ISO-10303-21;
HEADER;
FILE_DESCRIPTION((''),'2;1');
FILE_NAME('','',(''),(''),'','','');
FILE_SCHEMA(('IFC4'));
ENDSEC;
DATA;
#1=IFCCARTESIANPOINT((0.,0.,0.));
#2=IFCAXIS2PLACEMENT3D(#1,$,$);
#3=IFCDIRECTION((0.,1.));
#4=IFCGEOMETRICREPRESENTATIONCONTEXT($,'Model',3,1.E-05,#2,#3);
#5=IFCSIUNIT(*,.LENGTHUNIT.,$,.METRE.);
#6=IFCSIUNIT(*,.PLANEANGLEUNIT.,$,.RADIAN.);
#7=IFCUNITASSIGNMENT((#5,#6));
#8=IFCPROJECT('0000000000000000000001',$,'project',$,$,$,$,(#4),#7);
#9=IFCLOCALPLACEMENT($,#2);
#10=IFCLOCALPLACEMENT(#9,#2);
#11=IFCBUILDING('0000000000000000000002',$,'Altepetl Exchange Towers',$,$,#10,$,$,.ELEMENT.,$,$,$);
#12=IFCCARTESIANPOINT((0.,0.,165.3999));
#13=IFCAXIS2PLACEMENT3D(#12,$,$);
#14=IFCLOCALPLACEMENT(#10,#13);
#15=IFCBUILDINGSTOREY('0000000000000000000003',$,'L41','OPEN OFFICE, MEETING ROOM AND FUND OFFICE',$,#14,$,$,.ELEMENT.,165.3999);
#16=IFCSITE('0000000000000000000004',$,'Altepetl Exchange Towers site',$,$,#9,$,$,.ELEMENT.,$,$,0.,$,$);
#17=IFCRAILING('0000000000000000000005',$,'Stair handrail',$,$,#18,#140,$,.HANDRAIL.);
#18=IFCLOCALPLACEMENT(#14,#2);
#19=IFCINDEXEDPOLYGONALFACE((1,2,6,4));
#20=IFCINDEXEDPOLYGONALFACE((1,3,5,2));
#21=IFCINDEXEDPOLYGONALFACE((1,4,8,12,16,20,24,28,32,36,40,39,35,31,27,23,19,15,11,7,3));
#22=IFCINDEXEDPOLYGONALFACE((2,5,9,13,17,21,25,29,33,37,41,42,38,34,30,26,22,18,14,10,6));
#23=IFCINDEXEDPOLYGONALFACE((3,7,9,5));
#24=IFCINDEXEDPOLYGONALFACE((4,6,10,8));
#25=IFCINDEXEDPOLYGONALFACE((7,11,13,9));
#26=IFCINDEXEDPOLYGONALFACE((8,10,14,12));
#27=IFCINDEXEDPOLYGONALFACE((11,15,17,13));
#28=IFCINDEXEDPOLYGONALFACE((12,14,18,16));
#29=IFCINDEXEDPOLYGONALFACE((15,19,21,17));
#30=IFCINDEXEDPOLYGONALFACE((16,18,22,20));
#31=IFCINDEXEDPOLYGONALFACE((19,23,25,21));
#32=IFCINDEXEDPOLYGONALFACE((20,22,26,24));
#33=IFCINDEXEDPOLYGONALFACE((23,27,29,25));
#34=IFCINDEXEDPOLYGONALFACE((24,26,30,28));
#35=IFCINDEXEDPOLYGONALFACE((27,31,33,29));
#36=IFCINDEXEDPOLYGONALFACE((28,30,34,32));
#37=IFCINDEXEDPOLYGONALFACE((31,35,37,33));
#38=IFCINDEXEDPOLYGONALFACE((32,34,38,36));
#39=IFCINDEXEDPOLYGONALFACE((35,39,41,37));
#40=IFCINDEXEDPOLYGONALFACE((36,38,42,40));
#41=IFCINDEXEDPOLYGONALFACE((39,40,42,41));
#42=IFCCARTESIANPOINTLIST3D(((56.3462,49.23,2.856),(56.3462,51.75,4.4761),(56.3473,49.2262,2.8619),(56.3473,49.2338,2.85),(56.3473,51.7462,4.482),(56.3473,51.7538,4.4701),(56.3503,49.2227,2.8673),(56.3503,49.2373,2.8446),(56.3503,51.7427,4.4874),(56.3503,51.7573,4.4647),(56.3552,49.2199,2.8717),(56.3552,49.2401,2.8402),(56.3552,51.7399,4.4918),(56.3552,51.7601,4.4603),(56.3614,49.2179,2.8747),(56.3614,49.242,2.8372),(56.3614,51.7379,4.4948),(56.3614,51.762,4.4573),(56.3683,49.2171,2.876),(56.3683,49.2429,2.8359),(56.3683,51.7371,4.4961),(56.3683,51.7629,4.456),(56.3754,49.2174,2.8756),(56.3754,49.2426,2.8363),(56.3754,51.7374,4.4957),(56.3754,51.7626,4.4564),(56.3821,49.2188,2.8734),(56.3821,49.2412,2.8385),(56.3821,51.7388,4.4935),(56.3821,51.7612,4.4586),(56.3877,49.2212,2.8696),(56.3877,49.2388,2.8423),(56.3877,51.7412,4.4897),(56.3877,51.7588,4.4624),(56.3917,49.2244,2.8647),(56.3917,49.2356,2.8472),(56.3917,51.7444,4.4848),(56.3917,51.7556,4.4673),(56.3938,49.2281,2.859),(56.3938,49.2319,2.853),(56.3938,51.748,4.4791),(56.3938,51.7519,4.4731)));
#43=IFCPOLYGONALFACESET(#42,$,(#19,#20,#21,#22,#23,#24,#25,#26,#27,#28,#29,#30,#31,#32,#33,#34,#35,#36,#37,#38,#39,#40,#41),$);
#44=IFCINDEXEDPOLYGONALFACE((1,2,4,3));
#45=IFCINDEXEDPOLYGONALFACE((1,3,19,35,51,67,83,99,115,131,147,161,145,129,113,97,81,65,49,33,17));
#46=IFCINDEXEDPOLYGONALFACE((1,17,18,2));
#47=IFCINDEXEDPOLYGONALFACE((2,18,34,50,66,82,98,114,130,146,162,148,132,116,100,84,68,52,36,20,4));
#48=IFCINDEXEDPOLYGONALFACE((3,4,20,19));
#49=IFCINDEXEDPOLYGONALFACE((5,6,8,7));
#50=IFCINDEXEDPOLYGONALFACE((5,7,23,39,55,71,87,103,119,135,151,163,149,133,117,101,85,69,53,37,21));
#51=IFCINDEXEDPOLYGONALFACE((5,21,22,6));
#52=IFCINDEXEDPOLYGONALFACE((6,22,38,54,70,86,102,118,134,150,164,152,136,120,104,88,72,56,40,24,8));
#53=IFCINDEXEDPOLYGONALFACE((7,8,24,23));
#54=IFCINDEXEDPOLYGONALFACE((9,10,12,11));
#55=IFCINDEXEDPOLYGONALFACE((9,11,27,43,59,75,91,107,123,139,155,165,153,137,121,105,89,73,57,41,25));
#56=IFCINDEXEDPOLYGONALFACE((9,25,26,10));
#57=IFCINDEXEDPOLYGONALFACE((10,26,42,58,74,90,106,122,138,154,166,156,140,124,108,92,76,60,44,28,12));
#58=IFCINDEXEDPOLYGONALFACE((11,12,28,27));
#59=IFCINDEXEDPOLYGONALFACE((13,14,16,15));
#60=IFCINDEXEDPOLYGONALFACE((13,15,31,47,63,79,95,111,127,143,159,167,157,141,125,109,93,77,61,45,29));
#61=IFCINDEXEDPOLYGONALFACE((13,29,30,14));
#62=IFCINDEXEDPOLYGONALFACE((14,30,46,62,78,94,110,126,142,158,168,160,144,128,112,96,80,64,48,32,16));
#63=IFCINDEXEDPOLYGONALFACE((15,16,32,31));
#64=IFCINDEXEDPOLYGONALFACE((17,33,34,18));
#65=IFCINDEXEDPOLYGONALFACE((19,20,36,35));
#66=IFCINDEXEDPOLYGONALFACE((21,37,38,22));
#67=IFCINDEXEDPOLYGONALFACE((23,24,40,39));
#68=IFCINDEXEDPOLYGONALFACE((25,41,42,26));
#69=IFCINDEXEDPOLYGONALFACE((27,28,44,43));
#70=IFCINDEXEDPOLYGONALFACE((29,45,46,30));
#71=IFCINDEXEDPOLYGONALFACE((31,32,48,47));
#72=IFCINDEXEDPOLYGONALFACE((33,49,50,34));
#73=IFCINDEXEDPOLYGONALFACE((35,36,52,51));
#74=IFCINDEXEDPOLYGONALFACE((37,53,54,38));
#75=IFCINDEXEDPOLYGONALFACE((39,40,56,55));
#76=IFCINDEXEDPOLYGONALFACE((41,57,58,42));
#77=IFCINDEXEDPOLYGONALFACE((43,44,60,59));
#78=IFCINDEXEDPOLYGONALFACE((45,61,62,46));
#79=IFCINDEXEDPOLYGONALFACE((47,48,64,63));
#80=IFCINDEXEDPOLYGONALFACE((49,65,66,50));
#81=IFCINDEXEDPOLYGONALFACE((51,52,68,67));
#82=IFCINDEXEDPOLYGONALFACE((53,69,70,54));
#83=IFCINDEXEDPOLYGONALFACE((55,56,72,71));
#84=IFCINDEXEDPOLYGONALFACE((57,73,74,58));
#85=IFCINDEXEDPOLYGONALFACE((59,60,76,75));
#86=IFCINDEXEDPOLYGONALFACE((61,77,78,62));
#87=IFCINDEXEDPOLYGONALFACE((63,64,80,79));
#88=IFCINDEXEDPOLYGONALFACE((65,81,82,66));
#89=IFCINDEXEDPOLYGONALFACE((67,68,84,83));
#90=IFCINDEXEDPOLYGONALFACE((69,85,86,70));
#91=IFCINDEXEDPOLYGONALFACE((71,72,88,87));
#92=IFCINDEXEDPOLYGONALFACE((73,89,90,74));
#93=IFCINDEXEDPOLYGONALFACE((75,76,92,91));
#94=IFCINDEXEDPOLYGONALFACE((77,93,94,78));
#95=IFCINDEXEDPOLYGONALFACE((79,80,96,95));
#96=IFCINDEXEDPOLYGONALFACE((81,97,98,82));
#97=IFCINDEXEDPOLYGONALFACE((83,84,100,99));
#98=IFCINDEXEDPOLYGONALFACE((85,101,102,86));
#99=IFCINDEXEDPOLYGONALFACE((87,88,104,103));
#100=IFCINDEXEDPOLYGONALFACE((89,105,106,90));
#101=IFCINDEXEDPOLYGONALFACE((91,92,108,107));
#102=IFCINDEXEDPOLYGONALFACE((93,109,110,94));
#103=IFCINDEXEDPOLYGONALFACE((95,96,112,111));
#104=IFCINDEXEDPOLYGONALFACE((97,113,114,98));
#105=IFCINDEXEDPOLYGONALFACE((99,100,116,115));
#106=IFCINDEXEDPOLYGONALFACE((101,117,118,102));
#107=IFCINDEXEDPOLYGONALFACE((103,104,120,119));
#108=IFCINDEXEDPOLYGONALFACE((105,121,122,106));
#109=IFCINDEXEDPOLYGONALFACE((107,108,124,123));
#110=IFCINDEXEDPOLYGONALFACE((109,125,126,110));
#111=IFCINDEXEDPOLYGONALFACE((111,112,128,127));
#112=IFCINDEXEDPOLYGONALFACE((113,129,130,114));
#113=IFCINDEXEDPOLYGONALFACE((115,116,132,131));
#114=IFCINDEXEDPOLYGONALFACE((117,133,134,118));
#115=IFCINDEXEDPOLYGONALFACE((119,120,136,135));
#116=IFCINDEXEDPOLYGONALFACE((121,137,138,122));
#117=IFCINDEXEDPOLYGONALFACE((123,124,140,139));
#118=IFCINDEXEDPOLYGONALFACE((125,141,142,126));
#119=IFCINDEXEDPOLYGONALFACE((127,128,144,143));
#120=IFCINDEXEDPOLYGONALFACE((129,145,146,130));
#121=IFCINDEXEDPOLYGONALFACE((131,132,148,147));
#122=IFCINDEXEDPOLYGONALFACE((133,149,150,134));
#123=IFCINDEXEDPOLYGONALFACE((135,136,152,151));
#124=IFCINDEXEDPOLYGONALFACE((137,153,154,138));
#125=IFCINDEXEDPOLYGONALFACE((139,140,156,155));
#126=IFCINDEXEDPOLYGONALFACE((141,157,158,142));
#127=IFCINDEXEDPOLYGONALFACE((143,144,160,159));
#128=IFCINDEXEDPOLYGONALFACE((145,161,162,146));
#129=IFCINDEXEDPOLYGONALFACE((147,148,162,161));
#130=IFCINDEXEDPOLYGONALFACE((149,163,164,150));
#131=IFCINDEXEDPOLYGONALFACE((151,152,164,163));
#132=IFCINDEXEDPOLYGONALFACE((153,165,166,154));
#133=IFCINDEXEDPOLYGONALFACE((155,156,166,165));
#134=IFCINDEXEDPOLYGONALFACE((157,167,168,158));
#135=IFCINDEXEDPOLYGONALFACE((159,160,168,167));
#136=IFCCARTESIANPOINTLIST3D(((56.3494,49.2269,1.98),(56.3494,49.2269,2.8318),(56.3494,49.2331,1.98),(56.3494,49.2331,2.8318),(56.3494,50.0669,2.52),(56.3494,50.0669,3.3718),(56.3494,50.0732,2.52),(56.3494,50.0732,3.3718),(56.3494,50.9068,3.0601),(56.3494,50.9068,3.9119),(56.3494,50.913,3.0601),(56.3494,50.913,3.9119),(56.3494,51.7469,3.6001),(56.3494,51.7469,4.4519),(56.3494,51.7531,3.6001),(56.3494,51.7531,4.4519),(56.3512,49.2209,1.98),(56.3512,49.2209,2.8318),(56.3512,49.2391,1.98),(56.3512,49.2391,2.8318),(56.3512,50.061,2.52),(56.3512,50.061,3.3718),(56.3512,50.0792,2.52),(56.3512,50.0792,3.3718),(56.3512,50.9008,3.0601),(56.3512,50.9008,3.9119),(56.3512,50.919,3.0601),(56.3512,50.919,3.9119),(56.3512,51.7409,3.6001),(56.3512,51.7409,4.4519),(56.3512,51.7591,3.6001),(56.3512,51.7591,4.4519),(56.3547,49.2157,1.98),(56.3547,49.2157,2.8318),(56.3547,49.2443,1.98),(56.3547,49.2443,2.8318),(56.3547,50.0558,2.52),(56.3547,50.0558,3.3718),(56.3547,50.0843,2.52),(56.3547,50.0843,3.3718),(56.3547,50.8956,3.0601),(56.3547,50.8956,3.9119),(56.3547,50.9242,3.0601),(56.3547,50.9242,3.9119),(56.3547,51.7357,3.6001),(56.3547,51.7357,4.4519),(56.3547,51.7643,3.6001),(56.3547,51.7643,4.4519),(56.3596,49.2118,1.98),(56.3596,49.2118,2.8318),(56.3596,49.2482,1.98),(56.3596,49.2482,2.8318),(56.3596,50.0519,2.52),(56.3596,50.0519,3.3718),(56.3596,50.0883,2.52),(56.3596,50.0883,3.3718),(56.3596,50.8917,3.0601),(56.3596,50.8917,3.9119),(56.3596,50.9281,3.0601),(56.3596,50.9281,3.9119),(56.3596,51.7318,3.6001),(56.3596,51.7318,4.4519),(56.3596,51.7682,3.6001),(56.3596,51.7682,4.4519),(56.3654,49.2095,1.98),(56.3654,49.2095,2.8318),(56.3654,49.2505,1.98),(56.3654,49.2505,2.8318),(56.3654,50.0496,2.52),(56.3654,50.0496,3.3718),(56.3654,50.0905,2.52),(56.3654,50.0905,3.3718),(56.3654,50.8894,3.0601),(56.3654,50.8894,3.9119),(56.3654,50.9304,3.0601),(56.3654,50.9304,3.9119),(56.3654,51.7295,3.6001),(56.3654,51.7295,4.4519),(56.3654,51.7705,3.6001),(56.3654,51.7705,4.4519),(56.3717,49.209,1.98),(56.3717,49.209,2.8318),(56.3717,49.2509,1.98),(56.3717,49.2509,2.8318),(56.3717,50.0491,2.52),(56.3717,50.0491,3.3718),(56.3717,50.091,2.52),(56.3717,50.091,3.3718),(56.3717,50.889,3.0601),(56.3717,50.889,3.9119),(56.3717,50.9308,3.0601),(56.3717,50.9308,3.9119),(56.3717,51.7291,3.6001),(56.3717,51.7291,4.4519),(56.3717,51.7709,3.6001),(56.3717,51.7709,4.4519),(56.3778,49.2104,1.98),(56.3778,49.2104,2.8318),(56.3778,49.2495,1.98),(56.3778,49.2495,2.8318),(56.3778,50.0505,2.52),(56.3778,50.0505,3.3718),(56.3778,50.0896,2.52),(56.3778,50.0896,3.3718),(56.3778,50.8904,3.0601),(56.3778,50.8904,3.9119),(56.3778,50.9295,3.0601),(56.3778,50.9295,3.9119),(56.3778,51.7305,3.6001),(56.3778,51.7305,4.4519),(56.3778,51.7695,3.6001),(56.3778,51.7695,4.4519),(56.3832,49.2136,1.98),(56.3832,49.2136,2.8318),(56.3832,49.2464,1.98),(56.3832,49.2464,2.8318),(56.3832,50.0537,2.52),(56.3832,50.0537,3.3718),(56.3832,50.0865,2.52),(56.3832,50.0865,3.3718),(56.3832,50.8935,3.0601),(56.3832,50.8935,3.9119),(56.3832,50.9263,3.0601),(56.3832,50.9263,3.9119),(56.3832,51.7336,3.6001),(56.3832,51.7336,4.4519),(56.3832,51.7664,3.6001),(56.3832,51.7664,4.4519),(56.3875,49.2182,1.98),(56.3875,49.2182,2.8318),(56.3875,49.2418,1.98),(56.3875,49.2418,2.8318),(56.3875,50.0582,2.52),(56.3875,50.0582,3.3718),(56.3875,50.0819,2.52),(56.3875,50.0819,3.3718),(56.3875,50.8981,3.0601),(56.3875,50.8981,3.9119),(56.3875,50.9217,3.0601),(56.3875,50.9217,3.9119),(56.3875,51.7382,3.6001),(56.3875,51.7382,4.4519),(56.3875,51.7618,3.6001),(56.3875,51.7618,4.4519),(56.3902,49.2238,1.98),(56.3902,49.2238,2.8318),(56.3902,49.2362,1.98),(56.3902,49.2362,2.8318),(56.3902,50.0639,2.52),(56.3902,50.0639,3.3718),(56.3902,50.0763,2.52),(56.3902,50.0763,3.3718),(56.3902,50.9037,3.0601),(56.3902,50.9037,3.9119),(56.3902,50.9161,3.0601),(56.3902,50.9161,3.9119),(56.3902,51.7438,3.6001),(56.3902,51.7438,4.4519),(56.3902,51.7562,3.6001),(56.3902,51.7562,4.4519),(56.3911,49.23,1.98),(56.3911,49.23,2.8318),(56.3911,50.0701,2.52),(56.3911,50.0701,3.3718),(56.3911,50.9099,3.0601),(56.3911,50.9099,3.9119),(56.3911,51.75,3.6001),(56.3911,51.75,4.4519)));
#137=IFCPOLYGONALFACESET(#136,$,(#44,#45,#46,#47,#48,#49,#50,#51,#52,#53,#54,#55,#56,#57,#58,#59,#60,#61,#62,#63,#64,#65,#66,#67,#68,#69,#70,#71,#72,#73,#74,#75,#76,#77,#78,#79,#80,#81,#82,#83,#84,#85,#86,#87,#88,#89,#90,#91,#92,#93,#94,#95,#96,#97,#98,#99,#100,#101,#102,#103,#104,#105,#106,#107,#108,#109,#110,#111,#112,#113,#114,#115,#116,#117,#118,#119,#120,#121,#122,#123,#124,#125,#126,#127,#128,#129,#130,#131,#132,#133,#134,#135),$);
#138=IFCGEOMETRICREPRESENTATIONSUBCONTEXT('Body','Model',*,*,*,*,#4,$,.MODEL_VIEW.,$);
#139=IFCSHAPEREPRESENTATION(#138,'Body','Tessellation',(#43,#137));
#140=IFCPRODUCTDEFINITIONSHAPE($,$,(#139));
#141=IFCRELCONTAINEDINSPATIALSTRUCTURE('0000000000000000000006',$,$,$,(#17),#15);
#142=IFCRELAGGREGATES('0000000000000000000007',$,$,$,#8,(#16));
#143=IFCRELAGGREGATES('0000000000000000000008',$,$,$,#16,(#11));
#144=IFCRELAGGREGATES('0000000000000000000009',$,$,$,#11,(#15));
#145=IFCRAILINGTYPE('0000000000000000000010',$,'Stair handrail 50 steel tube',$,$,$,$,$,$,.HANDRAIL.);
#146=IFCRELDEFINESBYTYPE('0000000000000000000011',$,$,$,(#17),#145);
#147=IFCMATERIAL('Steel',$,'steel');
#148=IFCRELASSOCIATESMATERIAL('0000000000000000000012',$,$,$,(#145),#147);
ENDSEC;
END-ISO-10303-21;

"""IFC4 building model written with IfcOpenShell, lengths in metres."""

from ifc_helpers import new_model, si_unit, direction, frame, origin, origin_2d, place, context, subcontext, project, spatial, circle, extrude, source, transform, mapped, material, type_object, element, save


model = new_model("IFC4")

# Units and contexts
model_context = context("Model", 3, precision=1e-05, world=origin(), true_north=direction((0.0, 1.0)))
body_context = subcontext(model_context, "Body", "Model", "MODEL_VIEW")
ifc_project = project(units=[si_unit("LENGTHUNIT", "METRE"), si_unit("PLANEANGLEUNIT", "RADIAN")], contexts=[model_context])

# Site, building, storey
site_placement = place(None, origin())
site = spatial("IfcSite", under=ifc_project, at=site_placement, Name="Altepetl Exchange Towers site", CompositionType="ELEMENT", RefElevation=0.0)
building_placement = place(site_placement, origin())
building = spatial("IfcBuilding", under=site, at=building_placement, Name="Altepetl Exchange Towers", CompositionType="ELEMENT")
storey_placement = place(building_placement, frame((0.0, 0.0, 165.3999)))
storey = spatial("IfcBuildingStorey", under=building, at=storey_placement, Name="L41", Description="OPEN OFFICE, MEETING ROOM AND FUND OFFICE", CompositionType="ELEMENT", Elevation=165.3999)

# Railing
ifc_material_1 = material(Name="Steel", Category="steel")
railing_type = type_object("IfcRailingType", Name="Stair handrail 50 steel tube", PredefinedType="HANDRAIL", material=ifc_material_1)
shared_shape = source(origin(), body_context, "Body", "SweptSolid", [
    extrude(circle(Radius=0.021, at=origin_2d()), origin(), (0.0, 0.0, 1.0), 0.8518),
])
railing_1_placement = place(storey_placement, frame((56.3701, 49.23, 1.98)))
element("IfcRailing", 1, at=railing_1_placement, inside=storey, type_object=railing_type, Name="Stair handrail", PredefinedType="HANDRAIL", context=body_context, shape_type="SweptSolid", body=[
    extrude(circle(Radius=0.0239, at=origin_2d()), frame((0.0, 0.0, 0.876), z_axis=(0.0, 0.841163, 0.540782), x_axis=(-1.0, 0.0, 0.0)), (0.0, 0.0, 1.0), 2.9958),
    mapped(shared_shape, transform((0.0, 0.0, 0.0))),
    mapped(shared_shape, transform((0.0, 0.8401, 0.54))),
    mapped(shared_shape, transform((0.0, 1.6799, 1.0801))),
    mapped(shared_shape, transform((0.0, 2.52, 1.6201))),
])

save(model, "model.ifc")
